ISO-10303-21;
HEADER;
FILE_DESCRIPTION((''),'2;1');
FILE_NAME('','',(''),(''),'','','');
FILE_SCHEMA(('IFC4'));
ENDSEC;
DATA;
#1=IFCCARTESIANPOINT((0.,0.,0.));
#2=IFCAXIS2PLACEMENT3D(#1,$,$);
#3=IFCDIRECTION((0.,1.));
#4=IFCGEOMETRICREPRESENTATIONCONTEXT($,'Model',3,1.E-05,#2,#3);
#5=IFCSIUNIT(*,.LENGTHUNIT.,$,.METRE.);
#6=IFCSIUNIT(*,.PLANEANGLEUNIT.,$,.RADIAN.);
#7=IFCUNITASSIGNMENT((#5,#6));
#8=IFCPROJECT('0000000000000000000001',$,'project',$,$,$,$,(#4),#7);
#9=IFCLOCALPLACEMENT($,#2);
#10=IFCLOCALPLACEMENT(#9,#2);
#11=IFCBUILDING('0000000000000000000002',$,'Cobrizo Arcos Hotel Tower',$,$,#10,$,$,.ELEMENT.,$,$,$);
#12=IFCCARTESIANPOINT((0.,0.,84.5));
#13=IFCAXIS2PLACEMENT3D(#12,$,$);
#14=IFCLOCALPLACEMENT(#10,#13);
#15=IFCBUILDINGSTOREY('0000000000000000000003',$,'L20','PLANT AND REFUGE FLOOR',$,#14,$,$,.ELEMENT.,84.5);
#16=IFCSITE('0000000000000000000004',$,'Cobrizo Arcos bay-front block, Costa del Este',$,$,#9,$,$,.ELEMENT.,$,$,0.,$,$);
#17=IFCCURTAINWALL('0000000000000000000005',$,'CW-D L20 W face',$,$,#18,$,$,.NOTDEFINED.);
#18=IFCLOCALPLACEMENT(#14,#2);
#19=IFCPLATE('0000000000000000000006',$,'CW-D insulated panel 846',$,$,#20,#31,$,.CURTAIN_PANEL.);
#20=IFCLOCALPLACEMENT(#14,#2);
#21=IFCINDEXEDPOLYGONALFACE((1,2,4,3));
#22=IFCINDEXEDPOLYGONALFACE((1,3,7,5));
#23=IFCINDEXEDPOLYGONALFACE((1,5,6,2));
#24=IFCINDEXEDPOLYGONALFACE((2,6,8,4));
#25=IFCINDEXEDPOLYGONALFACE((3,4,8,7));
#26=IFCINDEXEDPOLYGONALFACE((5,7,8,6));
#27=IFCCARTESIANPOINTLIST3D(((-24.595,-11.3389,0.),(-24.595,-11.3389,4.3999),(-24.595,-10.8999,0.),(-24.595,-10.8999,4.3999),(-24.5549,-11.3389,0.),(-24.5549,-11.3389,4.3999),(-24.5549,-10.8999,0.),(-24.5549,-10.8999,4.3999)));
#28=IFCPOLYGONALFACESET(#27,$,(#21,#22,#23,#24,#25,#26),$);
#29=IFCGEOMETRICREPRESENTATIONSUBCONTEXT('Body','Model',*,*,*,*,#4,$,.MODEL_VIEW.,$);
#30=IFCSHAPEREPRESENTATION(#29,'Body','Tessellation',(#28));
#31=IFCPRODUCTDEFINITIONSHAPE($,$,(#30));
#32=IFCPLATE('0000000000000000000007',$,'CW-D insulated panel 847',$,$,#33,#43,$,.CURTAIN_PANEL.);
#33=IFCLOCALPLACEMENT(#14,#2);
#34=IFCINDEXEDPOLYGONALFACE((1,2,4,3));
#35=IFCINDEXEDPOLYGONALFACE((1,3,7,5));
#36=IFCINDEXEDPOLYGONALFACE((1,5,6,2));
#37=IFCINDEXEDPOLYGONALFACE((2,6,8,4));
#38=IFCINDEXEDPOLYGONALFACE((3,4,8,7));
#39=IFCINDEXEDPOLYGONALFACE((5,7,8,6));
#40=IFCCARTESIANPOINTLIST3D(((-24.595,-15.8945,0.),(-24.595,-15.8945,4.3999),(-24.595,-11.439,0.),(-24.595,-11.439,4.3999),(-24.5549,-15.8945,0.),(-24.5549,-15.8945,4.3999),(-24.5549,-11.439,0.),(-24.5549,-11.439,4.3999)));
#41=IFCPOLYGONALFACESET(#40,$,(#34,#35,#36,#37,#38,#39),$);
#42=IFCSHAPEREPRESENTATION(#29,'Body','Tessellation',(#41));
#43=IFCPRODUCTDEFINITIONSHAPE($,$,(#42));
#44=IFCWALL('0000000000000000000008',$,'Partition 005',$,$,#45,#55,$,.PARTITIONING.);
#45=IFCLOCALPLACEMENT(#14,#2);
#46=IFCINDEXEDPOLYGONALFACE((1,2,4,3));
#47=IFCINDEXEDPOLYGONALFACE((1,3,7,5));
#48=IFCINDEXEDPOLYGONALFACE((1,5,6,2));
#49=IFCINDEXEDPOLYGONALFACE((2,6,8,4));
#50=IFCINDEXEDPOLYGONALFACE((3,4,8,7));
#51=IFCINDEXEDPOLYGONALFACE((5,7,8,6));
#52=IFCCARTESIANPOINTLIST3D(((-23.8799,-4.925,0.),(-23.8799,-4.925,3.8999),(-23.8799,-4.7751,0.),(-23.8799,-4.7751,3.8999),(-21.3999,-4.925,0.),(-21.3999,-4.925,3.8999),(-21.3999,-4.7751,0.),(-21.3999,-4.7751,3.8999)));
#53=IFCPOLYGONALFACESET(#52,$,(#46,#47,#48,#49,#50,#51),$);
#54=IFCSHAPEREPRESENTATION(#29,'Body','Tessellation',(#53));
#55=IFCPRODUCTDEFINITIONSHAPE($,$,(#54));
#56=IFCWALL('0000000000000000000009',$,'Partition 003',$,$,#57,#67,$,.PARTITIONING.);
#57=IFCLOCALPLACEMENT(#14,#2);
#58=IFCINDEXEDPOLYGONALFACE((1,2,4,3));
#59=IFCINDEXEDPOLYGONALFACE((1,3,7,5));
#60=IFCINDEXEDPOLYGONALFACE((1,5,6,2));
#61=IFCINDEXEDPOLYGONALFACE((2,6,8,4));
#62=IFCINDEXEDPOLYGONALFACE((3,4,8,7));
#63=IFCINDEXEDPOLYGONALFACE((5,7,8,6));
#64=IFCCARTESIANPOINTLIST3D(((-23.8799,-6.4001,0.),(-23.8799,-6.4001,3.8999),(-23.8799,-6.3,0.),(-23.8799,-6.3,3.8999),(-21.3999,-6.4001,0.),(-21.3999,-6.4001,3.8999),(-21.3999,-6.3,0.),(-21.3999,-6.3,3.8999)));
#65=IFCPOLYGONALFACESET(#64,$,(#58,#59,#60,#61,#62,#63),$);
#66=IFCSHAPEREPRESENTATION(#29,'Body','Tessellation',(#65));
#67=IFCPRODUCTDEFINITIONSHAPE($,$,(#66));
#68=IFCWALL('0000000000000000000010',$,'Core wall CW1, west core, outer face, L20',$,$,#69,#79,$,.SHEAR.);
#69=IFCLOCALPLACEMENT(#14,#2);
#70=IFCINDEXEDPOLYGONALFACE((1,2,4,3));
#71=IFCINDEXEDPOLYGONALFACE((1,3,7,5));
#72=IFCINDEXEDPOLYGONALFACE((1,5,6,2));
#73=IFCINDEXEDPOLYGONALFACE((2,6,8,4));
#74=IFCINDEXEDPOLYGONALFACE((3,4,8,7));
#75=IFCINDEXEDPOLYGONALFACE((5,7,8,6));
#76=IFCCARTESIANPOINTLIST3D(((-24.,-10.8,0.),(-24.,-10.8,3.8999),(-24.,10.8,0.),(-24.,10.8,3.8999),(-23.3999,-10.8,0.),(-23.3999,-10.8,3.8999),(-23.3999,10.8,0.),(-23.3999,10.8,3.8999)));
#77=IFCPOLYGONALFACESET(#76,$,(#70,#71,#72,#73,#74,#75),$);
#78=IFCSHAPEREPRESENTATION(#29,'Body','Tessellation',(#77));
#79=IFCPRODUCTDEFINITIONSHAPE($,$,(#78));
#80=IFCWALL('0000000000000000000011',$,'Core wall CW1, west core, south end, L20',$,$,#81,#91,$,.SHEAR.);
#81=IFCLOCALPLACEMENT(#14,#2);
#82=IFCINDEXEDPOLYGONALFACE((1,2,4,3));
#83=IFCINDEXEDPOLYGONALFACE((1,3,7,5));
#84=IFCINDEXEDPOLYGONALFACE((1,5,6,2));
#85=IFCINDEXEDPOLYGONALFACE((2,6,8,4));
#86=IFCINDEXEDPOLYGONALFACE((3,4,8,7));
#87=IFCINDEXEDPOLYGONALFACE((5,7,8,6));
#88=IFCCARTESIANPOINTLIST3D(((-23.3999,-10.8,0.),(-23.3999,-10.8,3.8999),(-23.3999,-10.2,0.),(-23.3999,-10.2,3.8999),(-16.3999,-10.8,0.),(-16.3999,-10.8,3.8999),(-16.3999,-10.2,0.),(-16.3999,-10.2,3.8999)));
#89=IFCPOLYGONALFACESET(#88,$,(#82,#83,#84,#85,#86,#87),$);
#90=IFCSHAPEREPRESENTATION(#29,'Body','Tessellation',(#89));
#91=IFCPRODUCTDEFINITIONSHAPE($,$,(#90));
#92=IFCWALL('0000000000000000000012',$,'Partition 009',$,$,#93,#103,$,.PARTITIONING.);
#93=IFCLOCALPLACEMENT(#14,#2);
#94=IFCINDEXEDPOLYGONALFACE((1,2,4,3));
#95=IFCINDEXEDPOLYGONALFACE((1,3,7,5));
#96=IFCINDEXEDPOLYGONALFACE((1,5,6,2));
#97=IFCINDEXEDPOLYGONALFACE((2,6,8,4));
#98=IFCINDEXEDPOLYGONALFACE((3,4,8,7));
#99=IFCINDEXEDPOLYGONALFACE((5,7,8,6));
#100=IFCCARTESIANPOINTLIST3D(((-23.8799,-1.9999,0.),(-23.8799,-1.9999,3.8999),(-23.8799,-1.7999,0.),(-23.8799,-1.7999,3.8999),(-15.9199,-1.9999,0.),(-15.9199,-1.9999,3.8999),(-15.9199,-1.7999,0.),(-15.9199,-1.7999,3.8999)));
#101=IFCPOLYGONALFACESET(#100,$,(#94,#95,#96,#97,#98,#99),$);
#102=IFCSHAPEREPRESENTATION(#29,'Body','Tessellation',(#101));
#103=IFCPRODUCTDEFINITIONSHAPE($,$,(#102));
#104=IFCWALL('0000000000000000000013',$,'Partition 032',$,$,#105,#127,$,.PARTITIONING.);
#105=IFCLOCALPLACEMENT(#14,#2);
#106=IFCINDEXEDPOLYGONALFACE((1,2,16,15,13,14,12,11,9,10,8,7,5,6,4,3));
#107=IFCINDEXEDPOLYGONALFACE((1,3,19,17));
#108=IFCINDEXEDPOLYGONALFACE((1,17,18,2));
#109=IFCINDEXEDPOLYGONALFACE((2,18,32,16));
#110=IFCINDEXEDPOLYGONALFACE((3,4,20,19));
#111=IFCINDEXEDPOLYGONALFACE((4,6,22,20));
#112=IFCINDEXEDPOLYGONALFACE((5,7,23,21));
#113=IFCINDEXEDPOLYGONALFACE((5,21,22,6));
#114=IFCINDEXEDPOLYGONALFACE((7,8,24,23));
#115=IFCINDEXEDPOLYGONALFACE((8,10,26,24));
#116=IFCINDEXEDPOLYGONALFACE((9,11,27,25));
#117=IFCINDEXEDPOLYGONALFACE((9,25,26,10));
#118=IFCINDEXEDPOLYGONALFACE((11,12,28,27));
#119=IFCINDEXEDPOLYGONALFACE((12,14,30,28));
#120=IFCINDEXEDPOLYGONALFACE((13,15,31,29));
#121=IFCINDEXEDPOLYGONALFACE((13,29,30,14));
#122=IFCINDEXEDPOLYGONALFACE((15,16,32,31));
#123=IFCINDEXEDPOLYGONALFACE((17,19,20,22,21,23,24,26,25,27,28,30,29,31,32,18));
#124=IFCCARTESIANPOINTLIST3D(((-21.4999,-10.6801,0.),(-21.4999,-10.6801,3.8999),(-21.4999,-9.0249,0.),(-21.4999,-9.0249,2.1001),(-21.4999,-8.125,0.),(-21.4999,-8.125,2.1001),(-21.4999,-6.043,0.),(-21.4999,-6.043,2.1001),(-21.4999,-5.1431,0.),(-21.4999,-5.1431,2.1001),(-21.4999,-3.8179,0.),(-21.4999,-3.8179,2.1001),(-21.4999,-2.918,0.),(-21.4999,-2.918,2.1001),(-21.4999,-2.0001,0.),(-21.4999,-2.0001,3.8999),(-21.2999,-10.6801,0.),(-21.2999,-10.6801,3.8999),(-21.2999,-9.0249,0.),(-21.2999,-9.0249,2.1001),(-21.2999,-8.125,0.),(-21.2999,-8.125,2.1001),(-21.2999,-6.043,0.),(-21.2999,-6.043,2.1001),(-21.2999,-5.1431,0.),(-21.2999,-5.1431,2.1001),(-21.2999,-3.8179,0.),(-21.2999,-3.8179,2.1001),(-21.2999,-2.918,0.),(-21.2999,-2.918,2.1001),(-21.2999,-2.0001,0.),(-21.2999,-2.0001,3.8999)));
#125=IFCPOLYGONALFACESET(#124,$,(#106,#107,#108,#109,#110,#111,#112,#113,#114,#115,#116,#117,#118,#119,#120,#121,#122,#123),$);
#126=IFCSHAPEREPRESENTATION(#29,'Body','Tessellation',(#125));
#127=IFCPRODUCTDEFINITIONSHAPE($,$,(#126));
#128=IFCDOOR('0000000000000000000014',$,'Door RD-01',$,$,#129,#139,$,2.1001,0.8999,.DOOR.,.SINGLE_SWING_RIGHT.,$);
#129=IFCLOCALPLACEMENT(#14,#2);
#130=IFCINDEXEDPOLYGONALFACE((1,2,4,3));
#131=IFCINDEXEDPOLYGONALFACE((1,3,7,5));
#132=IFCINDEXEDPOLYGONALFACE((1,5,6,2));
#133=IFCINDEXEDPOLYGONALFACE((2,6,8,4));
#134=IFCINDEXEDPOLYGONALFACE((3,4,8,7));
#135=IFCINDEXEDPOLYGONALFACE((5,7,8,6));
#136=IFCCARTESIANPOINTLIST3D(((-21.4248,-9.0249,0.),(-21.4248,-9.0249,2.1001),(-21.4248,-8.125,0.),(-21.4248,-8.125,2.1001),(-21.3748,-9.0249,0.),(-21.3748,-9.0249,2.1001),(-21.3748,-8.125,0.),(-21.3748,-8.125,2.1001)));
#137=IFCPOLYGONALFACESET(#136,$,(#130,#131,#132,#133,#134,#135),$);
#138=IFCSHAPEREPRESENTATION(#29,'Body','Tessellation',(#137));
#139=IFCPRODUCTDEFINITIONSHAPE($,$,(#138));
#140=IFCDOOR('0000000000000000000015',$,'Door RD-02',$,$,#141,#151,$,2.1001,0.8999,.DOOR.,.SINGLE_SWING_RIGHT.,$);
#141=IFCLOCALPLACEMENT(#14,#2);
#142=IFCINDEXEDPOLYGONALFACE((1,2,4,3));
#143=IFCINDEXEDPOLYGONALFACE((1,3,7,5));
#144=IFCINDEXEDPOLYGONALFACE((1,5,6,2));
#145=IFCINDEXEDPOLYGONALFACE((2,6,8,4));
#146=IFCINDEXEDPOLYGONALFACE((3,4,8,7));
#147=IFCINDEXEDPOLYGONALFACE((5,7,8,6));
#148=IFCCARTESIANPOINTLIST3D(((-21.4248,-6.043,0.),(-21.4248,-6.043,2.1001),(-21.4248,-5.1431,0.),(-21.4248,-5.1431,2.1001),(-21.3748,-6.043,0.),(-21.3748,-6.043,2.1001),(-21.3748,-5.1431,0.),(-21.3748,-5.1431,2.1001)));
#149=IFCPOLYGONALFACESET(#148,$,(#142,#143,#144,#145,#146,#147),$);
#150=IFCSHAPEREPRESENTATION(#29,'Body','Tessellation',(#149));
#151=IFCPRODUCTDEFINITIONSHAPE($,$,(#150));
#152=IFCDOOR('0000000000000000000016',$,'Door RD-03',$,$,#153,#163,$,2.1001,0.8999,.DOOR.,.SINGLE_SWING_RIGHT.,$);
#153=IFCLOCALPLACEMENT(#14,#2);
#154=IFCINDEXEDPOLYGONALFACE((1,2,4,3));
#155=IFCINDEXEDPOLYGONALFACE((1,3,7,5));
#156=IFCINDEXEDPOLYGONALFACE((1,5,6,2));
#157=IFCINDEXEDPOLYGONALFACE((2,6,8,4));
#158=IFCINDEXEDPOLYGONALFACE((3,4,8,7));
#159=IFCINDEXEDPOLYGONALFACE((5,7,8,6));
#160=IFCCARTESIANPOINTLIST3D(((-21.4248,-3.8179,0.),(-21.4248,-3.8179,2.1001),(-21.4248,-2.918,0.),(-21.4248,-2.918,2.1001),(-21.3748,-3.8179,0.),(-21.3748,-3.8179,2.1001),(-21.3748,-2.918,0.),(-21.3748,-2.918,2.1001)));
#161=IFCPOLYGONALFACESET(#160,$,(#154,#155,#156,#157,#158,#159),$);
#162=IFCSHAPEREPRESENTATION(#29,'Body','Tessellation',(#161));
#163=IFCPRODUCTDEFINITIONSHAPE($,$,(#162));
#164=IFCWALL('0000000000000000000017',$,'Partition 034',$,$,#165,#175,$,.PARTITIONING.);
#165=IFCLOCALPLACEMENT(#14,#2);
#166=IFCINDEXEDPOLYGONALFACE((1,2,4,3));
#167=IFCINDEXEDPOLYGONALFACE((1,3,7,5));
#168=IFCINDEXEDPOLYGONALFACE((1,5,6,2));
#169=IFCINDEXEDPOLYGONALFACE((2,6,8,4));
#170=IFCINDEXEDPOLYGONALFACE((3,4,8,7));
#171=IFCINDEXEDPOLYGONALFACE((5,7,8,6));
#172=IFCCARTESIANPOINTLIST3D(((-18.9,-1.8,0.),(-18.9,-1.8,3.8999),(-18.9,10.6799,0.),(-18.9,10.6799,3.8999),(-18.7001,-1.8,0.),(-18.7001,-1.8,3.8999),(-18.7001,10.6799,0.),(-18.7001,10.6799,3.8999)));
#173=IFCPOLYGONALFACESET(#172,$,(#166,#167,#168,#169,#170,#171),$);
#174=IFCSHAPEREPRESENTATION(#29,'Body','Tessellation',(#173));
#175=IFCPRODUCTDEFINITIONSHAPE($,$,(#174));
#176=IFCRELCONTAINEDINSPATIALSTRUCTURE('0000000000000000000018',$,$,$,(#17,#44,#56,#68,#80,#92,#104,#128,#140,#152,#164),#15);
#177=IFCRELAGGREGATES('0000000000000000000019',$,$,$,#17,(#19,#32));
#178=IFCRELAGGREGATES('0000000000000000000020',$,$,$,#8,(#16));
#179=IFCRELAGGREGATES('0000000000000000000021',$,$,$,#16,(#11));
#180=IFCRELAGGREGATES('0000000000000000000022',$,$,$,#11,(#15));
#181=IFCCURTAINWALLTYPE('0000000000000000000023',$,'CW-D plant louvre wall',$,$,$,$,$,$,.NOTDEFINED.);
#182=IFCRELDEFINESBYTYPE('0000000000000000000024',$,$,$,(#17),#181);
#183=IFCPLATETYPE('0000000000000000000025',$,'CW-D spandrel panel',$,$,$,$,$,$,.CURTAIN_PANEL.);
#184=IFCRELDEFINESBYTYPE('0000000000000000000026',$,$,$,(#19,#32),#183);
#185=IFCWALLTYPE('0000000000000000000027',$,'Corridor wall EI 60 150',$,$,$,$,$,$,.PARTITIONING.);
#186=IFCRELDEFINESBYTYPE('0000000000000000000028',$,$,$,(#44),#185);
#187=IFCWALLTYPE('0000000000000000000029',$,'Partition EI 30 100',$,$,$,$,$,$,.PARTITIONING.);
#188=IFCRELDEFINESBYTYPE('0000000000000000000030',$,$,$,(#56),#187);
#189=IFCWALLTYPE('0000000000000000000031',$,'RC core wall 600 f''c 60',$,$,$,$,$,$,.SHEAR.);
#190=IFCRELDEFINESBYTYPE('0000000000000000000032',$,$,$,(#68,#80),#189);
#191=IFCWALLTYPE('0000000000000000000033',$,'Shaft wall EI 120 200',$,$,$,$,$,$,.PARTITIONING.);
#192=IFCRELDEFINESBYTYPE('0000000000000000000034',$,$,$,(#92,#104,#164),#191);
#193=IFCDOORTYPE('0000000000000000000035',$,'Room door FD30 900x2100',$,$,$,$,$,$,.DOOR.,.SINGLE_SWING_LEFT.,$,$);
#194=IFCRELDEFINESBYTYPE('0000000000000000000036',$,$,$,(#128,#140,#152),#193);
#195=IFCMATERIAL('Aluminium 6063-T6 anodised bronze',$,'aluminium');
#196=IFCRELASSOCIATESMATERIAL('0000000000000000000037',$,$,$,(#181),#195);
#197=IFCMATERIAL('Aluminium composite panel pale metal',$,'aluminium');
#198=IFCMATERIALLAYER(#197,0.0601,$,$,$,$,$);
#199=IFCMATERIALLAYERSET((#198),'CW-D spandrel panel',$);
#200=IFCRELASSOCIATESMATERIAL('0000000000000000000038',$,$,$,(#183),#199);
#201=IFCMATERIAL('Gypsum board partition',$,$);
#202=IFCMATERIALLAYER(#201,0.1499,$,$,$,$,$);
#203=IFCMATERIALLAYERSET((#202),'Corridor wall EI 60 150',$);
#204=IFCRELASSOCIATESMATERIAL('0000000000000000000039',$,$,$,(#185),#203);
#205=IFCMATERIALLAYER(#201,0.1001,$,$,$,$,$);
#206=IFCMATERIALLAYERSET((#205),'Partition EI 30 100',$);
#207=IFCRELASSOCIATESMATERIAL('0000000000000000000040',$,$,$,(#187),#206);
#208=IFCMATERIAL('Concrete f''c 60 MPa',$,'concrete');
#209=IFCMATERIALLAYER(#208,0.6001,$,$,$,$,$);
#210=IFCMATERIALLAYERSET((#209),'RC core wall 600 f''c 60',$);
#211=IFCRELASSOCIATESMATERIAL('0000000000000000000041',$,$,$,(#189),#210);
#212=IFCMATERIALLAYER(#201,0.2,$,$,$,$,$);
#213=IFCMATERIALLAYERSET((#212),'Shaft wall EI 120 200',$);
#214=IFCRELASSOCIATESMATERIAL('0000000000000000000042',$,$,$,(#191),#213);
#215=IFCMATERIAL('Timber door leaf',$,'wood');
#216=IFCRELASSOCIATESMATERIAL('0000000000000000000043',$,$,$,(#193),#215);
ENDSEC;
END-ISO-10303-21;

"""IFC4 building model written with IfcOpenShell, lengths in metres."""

from ifc_helpers import new_model, si_unit, direction, frame, frame_2d, origin, origin_2d, place, context, subcontext, project, spatial, rectangle, extrude, material, layer, layer_set, type_object, element, fill, aggregate, save


model = new_model("IFC4")

# Units and contexts
model_context = context("Model", 3, precision=1e-05, world=origin(), true_north=direction((0.0, 1.0)))
body_context = subcontext(model_context, "Body", "Model", "MODEL_VIEW")
ifc_project = project(units=[si_unit("LENGTHUNIT", "METRE"), si_unit("PLANEANGLEUNIT", "RADIAN")], contexts=[model_context])

# Site, building, storey
site_placement = place(None, origin())
site = spatial("IfcSite", under=ifc_project, at=site_placement, Name="Cobrizo Arcos bay-front block, Costa del Este", CompositionType="ELEMENT", RefElevation=0.0)
building_placement = place(site_placement, origin())
building = spatial("IfcBuilding", under=site, at=building_placement, Name="Cobrizo Arcos Hotel Tower", CompositionType="ELEMENT")
storey_placement = place(building_placement, frame((0.0, 0.0, 84.5)))
storey = spatial("IfcBuildingStorey", under=building, at=storey_placement, Name="L20", Description="PLANT AND REFUGE FLOOR", CompositionType="ELEMENT", Elevation=84.5)

# Curtain wall
ifc_material_1 = material(Name="Aluminium 6063-T6 anodised bronze", Category="aluminium")
curtain_wall_type = type_object("IfcCurtainWallType", Name="CW-D plant louvre wall", PredefinedType="NOTDEFINED", material=ifc_material_1)
curtain_wall_placement = place(storey_placement, origin())
curtain_wall = element("IfcCurtainWall", 1, at=curtain_wall_placement, inside=storey, type_object=curtain_wall_type, Name="CW-D L20 W face", PredefinedType="NOTDEFINED")

# Plates
ifc_material_2 = material(Name="Aluminium composite panel pale metal", Category="aluminium")
ifc_layer_1 = layer(ifc_material_2, 0.0601)
ifc_layer_set_1 = layer_set([ifc_layer_1], Name="CW-D spandrel panel")
plate_type = type_object("IfcPlateType", Name="CW-D spandrel panel", PredefinedType="CURTAIN_PANEL", material=ifc_layer_set_1)
plate_1_placement = place(storey_placement, frame((-24.575, -11.1194, 0.0), z_axis=(0.0, 0.0, 1.0), x_axis=(0.0, -1.0, 0.0)))
plate_1 = element("IfcPlate", 2, at=plate_1_placement, type_object=plate_type, Name="CW-D insulated panel 846", PredefinedType="CURTAIN_PANEL", context=body_context, shape_type="SweptSolid", body=[
    extrude(rectangle(XDim=0.439, YDim=0.04, at=origin_2d()), origin(), (0.0, 0.0, 1.0), 4.3999),
])
plate_2_placement = place(storey_placement, frame((-24.575, -13.6667, 0.0), z_axis=(0.0, 0.0, 1.0), x_axis=(0.0, -1.0, 0.0)))
plate_2 = element("IfcPlate", 3, at=plate_2_placement, type_object=plate_type, Name="CW-D insulated panel 847", PredefinedType="CURTAIN_PANEL", context=body_context, shape_type="SweptSolid", body=[
    extrude(rectangle(XDim=4.4556, YDim=0.04, at=origin_2d()), origin(), (0.0, 0.0, 1.0), 4.3999),
])
aggregate(curtain_wall, [plate_1, plate_2])

# Walls
ifc_material_3 = material(Name="Gypsum board partition")
ifc_layer_2 = layer(ifc_material_3, 0.1499)
ifc_layer_set_2 = layer_set([ifc_layer_2], Name="Corridor wall EI 60 150")
wall_type_1 = type_object("IfcWallType", Name="Corridor wall EI 60 150", PredefinedType="PARTITIONING", material=ifc_layer_set_2)
wall_1_placement = place(storey_placement, frame((-23.8799, -4.8501, 0.0), z_axis=(0.0, 0.0, 1.0), x_axis=(1.0, 0.0, 0.0)))
element("IfcWall", 4, at=wall_1_placement, inside=storey, type_object=wall_type_1, Name="Partition 005", PredefinedType="PARTITIONING", context=body_context, shape_type="SweptSolid", body=[
    extrude(rectangle(XDim=2.48, YDim=0.1499, at=frame_2d((1.24, 0.0))), origin(), (0.0, 0.0, 1.0), 3.8999),
])
ifc_layer_3 = layer(ifc_material_3, 0.1001)
ifc_layer_set_3 = layer_set([ifc_layer_3], Name="Partition EI 30 100")
wall_type_2 = type_object("IfcWallType", Name="Partition EI 30 100", PredefinedType="PARTITIONING", material=ifc_layer_set_3)
wall_2_placement = place(storey_placement, frame((-23.8799, -6.3501, 0.0), z_axis=(0.0, 0.0, 1.0), x_axis=(1.0, 0.0, 0.0)))
element("IfcWall", 5, at=wall_2_placement, inside=storey, type_object=wall_type_2, Name="Partition 003", PredefinedType="PARTITIONING", context=body_context, shape_type="SweptSolid", body=[
    extrude(rectangle(XDim=2.48, YDim=0.1001, at=frame_2d((1.24, 0.0))), origin(), (0.0, 0.0, 1.0), 3.8999),
])
ifc_material_4 = material(Name="Concrete f'c 60 MPa", Category="concrete")
ifc_layer_4 = layer(ifc_material_4, 0.6001)
ifc_layer_set_4 = layer_set([ifc_layer_4], Name="RC core wall 600 f'c 60")
wall_type_3 = type_object("IfcWallType", Name="RC core wall 600 f'c 60", PredefinedType="SHEAR", material=ifc_layer_set_4)
wall_3_placement = place(storey_placement, frame((-23.7, -10.8, 0.0), z_axis=(0.0, 0.0, 1.0), x_axis=(0.0, 1.0, 0.0)))
element("IfcWall", 6, at=wall_3_placement, inside=storey, type_object=wall_type_3, Name="Core wall CW1, west core, outer face, L20", PredefinedType="SHEAR", context=body_context, shape_type="SweptSolid", body=[
    extrude(rectangle(XDim=21.6001, YDim=0.6001, at=frame_2d((10.8, 0.0))), origin(), (0.0, 0.0, 1.0), 3.8999),
])
wall_4_placement = place(storey_placement, frame((-23.3999, -10.5, 0.0), z_axis=(0.0, 0.0, 1.0), x_axis=(1.0, 0.0, 0.0)))
element("IfcWall", 7, at=wall_4_placement, inside=storey, type_object=wall_type_3, Name="Core wall CW1, west core, south end, L20", PredefinedType="SHEAR", context=body_context, shape_type="SweptSolid", body=[
    extrude(rectangle(XDim=7.0, YDim=0.6001, at=frame_2d((3.5, 0.0))), origin(), (0.0, 0.0, 1.0), 3.8999),
])
ifc_layer_5 = layer(ifc_material_3, 0.2)
ifc_layer_set_5 = layer_set([ifc_layer_5], Name="Shaft wall EI 120 200")
wall_type_4 = type_object("IfcWallType", Name="Shaft wall EI 120 200", PredefinedType="PARTITIONING", material=ifc_layer_set_5)
wall_5_placement = place(storey_placement, frame((-23.8799, -1.8999, 0.0), z_axis=(0.0, 0.0, 1.0), x_axis=(1.0, 0.0, 0.0)))
element("IfcWall", 8, at=wall_5_placement, inside=storey, type_object=wall_type_4, Name="Partition 009", PredefinedType="PARTITIONING", context=body_context, shape_type="SweptSolid", body=[
    extrude(rectangle(XDim=7.96, YDim=0.2, at=frame_2d((3.98, 0.0))), origin(), (0.0, 0.0, 1.0), 3.8999),
])

# Wall, openings, doors
wall_6_placement = place(storey_placement, frame((-21.3999, -10.6799, 0.0), z_axis=(0.0, 0.0, 1.0), x_axis=(0.0, 1.0, 0.0)))
wall_6 = element("IfcWall", 9, at=wall_6_placement, inside=storey, type_object=wall_type_4, Name="Partition 032", PredefinedType="PARTITIONING", context=body_context, shape_type="SweptSolid", body=[
    extrude(rectangle(XDim=8.6799, YDim=0.2, at=frame_2d((4.3398, 0.0))), origin(), (0.0, 0.0, 1.0), 3.8999),
])
opening_1_placement = place(wall_6_placement, frame((1.655, 0.0, 0.0)))
opening_1 = element("IfcOpeningElement", 10, at=opening_1_placement, cuts=wall_6, PredefinedType="OPENING", context=body_context, shape_type="SweptSolid", body=[
    extrude(rectangle(XDim=0.8999, YDim=2.1001, at=frame_2d((0.45, 1.05))), frame((0.0, 0.1121, 0.0), z_axis=(0.0, -1.0, 0.0), x_axis=(1.0, 0.0, 0.0)), (0.0, 0.0, 1.0), 0.2239),
])
opening_2_placement = place(wall_6_placement, frame((4.637, 0.0, 0.0)))
opening_2 = element("IfcOpeningElement", 11, at=opening_2_placement, cuts=wall_6, PredefinedType="OPENING", context=body_context, shape_type="SweptSolid", body=[
    extrude(rectangle(XDim=0.8999, YDim=2.1001, at=frame_2d((0.45, 1.05))), frame((0.0, 0.1121, 0.0), z_axis=(0.0, -1.0, 0.0), x_axis=(1.0, 0.0, 0.0)), (0.0, 0.0, 1.0), 0.2239),
])
opening_3_placement = place(wall_6_placement, frame((6.8621, 0.0, 0.0)))
opening_3 = element("IfcOpeningElement", 12, at=opening_3_placement, cuts=wall_6, PredefinedType="OPENING", context=body_context, shape_type="SweptSolid", body=[
    extrude(rectangle(XDim=0.8999, YDim=2.1001, at=frame_2d((0.45, 1.05))), frame((0.0, 0.1121, 0.0), z_axis=(0.0, -1.0, 0.0), x_axis=(1.0, 0.0, 0.0)), (0.0, 0.0, 1.0), 0.2239),
])
ifc_material_5 = material(Name="Timber door leaf", Category="wood")
door_type = type_object("IfcDoorType", Name="Room door FD30 900x2100", OperationType="SINGLE_SWING_LEFT", PredefinedType="DOOR", material=ifc_material_5)
door_1_placement = place(opening_1_placement, origin())
door_1 = element("IfcDoor", 13, at=door_1_placement, inside=storey, type_object=door_type, Name="Door RD-01", OperationType="SINGLE_SWING_RIGHT", OverallHeight=2.1001, OverallWidth=0.8999, PredefinedType="DOOR", context=body_context, shape_type="SweptSolid", body=[
    extrude(rectangle(XDim=0.8999, YDim=2.1001, at=frame_2d((0.45, 1.05))), frame((0.0, 0.0249, 0.0), z_axis=(0.0, -1.0, 0.0), x_axis=(1.0, 0.0, 0.0)), (0.0, 0.0, 1.0), 0.05),
])
fill(opening_1, door_1)
door_2_placement = place(opening_2_placement, origin())
door_2 = element("IfcDoor", 14, at=door_2_placement, inside=storey, type_object=door_type, Name="Door RD-02", OperationType="SINGLE_SWING_RIGHT", OverallHeight=2.1001, OverallWidth=0.8999, PredefinedType="DOOR", context=body_context, shape_type="SweptSolid", body=[
    extrude(rectangle(XDim=0.8999, YDim=2.1001, at=frame_2d((0.45, 1.05))), frame((0.0, 0.0249, 0.0), z_axis=(0.0, -1.0, 0.0), x_axis=(1.0, 0.0, 0.0)), (0.0, 0.0, 1.0), 0.05),
])
fill(opening_2, door_2)
door_3_placement = place(opening_3_placement, origin())
door_3 = element("IfcDoor", 15, at=door_3_placement, inside=storey, type_object=door_type, Name="Door RD-03", OperationType="SINGLE_SWING_RIGHT", OverallHeight=2.1001, OverallWidth=0.8999, PredefinedType="DOOR", context=body_context, shape_type="SweptSolid", body=[
    extrude(rectangle(XDim=0.8999, YDim=2.1001, at=frame_2d((0.45, 1.05))), frame((0.0, 0.0249, 0.0), z_axis=(0.0, -1.0, 0.0), x_axis=(1.0, 0.0, 0.0)), (0.0, 0.0, 1.0), 0.05),
])
fill(opening_3, door_3)

# Wall
wall_7_placement = place(storey_placement, frame((-18.8, -1.8, 0.0), z_axis=(0.0, 0.0, 1.0), x_axis=(0.0, 1.0, 0.0)))
element("IfcWall", 16, at=wall_7_placement, inside=storey, type_object=wall_type_4, Name="Partition 034", PredefinedType="PARTITIONING", context=body_context, shape_type="SweptSolid", body=[
    extrude(rectangle(XDim=12.48, YDim=0.2, at=frame_2d((6.24, 0.0))), origin(), (0.0, 0.0, 1.0), 3.8999),
])

save(model, "model.ifc")
